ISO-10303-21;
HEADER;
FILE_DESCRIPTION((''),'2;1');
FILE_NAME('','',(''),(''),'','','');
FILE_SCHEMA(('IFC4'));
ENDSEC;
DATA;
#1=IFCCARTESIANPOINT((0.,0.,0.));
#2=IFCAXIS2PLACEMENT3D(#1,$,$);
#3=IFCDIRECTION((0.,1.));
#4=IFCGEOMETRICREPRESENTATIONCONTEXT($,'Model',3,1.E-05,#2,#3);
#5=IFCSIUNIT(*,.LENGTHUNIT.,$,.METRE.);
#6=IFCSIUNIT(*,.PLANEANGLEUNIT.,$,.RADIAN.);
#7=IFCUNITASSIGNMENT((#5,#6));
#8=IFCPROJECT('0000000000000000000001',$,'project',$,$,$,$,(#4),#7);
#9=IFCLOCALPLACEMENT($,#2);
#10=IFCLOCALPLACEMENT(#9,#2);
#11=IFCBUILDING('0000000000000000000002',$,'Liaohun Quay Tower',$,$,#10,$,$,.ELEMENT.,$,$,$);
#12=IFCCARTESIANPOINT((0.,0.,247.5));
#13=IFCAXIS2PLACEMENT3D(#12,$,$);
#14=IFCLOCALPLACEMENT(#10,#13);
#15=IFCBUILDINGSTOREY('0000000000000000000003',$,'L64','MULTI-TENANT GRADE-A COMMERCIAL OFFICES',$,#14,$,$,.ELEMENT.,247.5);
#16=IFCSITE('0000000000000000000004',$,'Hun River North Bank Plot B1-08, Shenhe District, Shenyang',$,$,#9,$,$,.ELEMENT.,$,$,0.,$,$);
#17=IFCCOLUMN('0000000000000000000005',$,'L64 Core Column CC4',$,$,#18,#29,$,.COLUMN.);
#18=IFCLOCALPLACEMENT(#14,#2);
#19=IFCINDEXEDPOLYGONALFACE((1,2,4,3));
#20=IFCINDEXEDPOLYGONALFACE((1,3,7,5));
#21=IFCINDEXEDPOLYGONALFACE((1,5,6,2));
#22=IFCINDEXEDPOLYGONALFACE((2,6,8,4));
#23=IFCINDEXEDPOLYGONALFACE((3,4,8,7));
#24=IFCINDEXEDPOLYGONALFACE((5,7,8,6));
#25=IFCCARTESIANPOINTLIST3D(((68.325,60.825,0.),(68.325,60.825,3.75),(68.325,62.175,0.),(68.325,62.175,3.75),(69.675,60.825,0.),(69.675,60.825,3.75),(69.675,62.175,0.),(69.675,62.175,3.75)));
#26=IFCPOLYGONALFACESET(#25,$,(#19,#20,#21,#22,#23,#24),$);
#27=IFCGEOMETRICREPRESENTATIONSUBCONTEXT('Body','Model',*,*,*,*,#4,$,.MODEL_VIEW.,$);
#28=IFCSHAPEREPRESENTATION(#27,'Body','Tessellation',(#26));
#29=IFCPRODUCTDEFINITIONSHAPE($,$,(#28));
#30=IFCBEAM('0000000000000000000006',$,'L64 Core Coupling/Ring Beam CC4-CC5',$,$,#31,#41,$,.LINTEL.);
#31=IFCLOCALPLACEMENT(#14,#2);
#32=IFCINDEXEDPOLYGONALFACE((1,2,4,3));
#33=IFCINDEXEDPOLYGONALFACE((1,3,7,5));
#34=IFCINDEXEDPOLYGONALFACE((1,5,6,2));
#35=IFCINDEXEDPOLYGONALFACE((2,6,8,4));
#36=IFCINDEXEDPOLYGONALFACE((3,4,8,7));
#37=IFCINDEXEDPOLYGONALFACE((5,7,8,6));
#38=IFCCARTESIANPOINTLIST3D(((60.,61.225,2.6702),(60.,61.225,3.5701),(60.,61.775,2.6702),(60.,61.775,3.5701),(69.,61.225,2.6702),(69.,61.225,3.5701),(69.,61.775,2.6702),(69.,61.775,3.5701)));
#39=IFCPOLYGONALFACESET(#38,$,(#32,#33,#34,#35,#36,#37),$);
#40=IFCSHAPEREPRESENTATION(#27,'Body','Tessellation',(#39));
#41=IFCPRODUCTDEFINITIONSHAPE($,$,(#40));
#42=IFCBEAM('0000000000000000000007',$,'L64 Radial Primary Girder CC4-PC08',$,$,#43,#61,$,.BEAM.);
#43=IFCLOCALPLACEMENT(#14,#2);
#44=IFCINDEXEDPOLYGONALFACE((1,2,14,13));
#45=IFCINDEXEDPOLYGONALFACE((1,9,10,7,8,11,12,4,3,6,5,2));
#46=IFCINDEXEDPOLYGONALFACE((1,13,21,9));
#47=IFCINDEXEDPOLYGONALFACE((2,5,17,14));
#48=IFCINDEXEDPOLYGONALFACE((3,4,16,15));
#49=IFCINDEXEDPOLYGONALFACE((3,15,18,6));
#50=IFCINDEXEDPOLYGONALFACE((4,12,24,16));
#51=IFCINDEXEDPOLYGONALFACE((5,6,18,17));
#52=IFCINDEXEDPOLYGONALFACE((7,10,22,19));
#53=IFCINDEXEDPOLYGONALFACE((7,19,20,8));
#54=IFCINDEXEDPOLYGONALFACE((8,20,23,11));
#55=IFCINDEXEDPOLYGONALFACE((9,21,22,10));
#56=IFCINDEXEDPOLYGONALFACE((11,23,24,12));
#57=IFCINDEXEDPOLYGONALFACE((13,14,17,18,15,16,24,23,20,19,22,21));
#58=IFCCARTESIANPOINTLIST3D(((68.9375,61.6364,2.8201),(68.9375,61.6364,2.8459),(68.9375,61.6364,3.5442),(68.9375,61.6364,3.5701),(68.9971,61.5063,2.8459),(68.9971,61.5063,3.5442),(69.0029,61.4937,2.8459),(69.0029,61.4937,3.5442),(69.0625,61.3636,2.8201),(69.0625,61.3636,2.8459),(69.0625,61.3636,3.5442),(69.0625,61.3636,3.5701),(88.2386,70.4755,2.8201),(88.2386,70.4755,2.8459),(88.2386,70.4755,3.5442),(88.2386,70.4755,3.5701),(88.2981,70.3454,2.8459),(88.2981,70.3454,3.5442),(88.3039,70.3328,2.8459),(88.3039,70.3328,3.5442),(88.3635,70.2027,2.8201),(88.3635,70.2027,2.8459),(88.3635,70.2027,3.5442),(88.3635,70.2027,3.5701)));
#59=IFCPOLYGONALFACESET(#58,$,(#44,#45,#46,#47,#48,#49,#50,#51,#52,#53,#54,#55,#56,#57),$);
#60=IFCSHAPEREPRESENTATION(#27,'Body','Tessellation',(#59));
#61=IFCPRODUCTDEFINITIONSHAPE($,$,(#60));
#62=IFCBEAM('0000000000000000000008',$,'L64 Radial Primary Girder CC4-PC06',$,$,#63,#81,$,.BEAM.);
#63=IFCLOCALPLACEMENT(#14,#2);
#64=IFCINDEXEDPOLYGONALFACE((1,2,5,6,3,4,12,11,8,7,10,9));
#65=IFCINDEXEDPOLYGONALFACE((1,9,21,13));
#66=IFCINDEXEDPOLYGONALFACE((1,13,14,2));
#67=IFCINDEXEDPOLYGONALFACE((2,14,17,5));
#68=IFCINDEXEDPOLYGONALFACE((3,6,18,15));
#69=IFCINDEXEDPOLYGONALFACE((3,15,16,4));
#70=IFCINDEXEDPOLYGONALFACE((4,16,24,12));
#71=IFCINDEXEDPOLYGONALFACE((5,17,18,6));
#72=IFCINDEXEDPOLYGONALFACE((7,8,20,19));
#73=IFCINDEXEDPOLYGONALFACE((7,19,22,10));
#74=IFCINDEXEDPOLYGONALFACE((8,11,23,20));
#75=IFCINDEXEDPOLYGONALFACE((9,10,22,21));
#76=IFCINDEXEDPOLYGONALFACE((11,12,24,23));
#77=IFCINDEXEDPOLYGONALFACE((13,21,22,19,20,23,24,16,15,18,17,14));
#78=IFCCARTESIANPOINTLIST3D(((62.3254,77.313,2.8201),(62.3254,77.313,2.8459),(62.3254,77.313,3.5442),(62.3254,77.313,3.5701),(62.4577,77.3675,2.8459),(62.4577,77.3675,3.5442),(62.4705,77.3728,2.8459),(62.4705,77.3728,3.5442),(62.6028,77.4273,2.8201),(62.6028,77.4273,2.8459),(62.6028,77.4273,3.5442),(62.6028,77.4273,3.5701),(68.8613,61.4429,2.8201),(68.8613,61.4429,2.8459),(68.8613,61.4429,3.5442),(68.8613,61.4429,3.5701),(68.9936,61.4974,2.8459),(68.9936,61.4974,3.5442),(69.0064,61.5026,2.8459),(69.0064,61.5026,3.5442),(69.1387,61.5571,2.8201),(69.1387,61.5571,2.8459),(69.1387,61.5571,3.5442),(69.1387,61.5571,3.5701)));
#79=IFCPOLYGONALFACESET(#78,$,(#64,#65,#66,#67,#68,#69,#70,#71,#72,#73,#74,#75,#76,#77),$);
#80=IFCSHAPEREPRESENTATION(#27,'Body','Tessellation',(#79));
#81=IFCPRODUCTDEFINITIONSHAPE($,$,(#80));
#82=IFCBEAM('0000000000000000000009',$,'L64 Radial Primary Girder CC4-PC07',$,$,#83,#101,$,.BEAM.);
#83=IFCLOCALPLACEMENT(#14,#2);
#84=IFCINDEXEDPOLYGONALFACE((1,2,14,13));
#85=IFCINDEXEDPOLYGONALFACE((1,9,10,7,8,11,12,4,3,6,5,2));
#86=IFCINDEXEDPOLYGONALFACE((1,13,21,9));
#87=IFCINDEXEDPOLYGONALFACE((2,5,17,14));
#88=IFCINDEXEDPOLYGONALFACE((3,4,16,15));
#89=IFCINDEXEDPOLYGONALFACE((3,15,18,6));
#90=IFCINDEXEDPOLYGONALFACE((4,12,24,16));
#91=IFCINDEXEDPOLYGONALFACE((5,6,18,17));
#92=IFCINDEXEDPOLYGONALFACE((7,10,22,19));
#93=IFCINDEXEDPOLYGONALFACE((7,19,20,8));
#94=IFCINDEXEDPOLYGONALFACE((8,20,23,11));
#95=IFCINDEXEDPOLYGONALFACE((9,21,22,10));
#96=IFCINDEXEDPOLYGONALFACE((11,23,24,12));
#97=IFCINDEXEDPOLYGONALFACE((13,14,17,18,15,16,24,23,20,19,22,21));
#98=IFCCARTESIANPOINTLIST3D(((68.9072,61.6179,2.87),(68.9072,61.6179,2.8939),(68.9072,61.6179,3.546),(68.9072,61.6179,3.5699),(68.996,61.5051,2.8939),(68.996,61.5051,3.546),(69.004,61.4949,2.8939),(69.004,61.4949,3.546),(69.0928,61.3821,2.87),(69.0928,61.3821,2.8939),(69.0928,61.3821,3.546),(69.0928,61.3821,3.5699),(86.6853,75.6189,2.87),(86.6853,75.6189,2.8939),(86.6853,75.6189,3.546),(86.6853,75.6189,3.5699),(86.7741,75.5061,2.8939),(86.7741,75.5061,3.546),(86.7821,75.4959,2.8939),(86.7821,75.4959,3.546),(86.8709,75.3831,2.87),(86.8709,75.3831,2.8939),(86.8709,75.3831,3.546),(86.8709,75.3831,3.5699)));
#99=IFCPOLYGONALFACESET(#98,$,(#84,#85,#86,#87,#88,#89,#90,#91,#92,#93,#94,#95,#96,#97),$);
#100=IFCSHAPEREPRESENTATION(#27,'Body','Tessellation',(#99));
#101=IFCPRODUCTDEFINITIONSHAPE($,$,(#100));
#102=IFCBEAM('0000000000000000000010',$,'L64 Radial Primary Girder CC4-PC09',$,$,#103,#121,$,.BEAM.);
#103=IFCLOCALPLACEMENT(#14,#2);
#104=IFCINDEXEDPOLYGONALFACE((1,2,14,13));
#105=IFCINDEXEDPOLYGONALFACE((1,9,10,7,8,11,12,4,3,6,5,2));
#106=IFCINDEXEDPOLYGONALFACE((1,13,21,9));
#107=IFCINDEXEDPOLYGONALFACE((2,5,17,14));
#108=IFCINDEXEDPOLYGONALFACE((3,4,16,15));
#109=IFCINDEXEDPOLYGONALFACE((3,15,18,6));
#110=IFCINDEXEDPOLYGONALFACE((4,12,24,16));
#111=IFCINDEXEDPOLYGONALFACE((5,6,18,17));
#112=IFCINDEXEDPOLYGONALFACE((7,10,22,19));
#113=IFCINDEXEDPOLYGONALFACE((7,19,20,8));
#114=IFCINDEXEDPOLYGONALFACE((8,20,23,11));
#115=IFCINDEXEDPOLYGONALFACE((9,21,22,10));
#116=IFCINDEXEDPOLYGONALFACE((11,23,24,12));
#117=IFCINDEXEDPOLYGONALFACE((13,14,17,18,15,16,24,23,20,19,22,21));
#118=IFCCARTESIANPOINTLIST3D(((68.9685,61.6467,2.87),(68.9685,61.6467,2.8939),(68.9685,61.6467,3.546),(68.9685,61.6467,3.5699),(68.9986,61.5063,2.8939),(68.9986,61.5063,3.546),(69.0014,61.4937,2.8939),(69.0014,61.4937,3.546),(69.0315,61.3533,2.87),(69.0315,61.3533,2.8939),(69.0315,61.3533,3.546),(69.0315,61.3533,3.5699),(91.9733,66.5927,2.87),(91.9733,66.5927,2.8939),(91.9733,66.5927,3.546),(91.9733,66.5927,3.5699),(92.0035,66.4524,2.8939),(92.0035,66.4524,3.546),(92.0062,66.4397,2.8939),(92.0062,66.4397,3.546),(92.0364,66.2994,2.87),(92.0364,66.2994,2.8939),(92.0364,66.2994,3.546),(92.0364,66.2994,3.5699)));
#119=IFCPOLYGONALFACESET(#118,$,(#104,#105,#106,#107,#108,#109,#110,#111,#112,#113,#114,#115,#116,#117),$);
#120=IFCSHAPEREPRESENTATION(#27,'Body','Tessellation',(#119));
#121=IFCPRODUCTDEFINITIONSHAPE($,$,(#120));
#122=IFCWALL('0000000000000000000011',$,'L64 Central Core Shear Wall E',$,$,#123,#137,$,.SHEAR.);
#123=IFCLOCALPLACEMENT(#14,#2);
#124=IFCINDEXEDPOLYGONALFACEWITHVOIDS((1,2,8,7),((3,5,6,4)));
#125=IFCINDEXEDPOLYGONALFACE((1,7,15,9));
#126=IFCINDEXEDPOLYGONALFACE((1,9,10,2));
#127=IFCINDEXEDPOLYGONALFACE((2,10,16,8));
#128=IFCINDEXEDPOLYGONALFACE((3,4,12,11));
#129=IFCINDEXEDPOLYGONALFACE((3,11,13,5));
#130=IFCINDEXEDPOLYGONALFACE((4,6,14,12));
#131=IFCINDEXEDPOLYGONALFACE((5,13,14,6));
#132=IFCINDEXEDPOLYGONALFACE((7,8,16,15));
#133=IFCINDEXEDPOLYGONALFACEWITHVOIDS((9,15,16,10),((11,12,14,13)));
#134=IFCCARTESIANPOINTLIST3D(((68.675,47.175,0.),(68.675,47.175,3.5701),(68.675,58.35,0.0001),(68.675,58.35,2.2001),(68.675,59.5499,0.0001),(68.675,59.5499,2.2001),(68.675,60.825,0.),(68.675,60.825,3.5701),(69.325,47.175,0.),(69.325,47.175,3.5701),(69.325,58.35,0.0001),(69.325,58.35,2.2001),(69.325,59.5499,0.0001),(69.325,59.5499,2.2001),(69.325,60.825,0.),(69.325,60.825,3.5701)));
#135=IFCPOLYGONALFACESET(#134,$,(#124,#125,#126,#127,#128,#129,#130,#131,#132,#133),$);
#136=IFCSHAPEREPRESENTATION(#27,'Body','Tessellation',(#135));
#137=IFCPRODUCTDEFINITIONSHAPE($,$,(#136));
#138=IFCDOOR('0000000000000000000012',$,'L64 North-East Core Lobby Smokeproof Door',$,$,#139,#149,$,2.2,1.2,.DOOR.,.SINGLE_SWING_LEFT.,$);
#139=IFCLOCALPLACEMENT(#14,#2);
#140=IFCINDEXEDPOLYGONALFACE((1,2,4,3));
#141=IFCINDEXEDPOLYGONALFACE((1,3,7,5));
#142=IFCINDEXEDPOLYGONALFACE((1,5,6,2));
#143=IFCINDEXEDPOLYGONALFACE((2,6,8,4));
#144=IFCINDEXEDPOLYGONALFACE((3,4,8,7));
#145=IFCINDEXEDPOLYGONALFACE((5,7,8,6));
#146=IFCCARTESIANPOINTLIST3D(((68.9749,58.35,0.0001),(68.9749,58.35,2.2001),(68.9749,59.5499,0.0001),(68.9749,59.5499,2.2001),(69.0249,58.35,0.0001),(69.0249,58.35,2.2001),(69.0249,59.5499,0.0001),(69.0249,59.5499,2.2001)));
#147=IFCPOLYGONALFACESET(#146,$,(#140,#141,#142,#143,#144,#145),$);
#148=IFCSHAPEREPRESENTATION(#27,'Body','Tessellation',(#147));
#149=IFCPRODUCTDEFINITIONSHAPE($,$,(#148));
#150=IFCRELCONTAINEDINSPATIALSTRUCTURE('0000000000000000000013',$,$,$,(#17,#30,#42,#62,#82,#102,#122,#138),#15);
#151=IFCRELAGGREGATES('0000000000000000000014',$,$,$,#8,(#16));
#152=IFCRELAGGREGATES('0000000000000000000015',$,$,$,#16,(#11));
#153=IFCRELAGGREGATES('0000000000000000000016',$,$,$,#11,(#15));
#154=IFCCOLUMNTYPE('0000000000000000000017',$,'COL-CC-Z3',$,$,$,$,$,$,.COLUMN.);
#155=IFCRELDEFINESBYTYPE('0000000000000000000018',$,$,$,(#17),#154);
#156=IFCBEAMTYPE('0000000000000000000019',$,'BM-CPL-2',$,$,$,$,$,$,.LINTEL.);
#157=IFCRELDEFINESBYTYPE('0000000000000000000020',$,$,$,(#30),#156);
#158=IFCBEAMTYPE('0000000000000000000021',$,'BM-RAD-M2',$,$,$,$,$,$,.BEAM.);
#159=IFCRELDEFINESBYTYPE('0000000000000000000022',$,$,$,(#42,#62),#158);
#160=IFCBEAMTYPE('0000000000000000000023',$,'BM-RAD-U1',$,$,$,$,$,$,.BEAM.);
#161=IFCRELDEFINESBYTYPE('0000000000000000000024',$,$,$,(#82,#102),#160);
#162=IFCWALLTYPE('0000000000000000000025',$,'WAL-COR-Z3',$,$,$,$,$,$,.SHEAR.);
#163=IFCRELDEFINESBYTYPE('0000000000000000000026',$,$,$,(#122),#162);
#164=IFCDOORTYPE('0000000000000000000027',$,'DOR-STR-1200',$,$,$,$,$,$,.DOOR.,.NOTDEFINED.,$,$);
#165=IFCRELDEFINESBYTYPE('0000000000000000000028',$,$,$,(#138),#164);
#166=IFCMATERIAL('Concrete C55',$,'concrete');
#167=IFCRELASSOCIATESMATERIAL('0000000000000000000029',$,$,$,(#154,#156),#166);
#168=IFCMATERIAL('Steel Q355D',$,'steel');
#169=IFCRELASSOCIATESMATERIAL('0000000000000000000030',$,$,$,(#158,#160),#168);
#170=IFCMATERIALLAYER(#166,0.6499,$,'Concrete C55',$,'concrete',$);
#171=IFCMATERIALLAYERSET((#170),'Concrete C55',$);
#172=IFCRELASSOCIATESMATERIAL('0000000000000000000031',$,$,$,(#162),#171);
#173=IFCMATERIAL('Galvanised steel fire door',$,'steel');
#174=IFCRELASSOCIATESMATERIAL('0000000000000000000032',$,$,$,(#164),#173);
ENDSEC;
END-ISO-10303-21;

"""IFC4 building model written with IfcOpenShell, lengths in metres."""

from ifc_helpers import new_model, si_unit, direction, frame, frame_2d, origin, origin_2d, place, context, subcontext, project, spatial, rectangle, i_section, extrude, source, transform, mapped, material, layer, layer_set, material_profile, profile_set, type_object, element, fill, save


model = new_model("IFC4")

# Units and contexts
model_context = context("Model", 3, precision=1e-05, world=origin(), true_north=direction((0.0, 1.0)))
body_context = subcontext(model_context, "Body", "Model", "MODEL_VIEW")
ifc_project = project(units=[si_unit("LENGTHUNIT", "METRE"), si_unit("PLANEANGLEUNIT", "RADIAN")], contexts=[model_context])

# Site, building, storey
site_placement = place(None, origin())
site = spatial("IfcSite", under=ifc_project, at=site_placement, Name="Hun River North Bank Plot B1-08, Shenhe District, Shenyang", CompositionType="ELEMENT", RefElevation=0.0)
building_placement = place(site_placement, origin())
building = spatial("IfcBuilding", under=site, at=building_placement, Name="Liaohun Quay Tower", CompositionType="ELEMENT")
storey_placement = place(building_placement, frame((0.0, 0.0, 247.5)))
storey = spatial("IfcBuildingStorey", under=building, at=storey_placement, Name="L64", Description="MULTI-TENANT GRADE-A COMMERCIAL OFFICES", CompositionType="ELEMENT", Elevation=247.5)

# Column
ifc_material_1 = material(Name="Concrete C55", Category="concrete")
ifc_material_profile_1 = material_profile(ifc_material_1, rectangle(XDim=1.3501, YDim=1.3501, at=origin_2d()), Name="RC1350x1350")
ifc_profile_set_1 = profile_set([ifc_material_profile_1], Name="Concrete C55")
column_type = type_object("IfcColumnType", Name="COL-CC-Z3", PredefinedType="COLUMN", material=ifc_profile_set_1)
shared_shape_1 = source(origin(), body_context, "Body", "SweptSolid", [
    extrude(rectangle(XDim=1.3501, YDim=1.3501, at=origin_2d()), origin(), (0.0, 0.0, 1.0), 3.75),
])
column_placement = place(storey_placement, frame((69.0, 61.5, 0.0), z_axis=(0.0, 0.0, 1.0), x_axis=(1.0, 0.0, 0.0)))
element("IfcColumn", 1, at=column_placement, inside=storey, type_object=column_type, Name="L64 Core Column CC4", PredefinedType="COLUMN", context=body_context, shape_type="MappedRepresentation", body=[
    mapped(shared_shape_1, transform((0.0, 0.0, 0.0), x_axis=(1.0, 0.0, 0.0), y_axis=(0.0, 1.0, 0.0), z_axis=(0.0, 0.0, 1.0), scale=1.0)),
])

# Beams
ifc_material_profile_2 = material_profile(ifc_material_1, rectangle(XDim=0.55, YDim=0.8999, at=origin_2d()), Name="RC550x900")
ifc_profile_set_2 = profile_set([ifc_material_profile_2], Name="Concrete C55")
beam_type_1 = type_object("IfcBeamType", Name="BM-CPL-2", PredefinedType="LINTEL", material=ifc_profile_set_2)
shared_shape_2 = source(origin(), body_context, "Body", "SweptSolid", [
    extrude(rectangle(XDim=0.55, YDim=0.8999, at=origin_2d()), origin(), (0.0, 0.0, 1.0), 9.0),
])
beam_1_placement = place(storey_placement, frame((69.0, 61.5, 3.1201), z_axis=(-1.0, 0.0, 0.0), x_axis=(0.0, -1.0, 0.0)))
element("IfcBeam", 2, at=beam_1_placement, inside=storey, type_object=beam_type_1, Name="L64 Core Coupling/Ring Beam CC4-CC5", PredefinedType="LINTEL", context=body_context, shape_type="MappedRepresentation", body=[
    mapped(shared_shape_2, transform((0.0, 0.0, 0.0), x_axis=(1.0, 0.0, 0.0), y_axis=(0.0, 1.0, 0.0), z_axis=(0.0, 0.0, 1.0), scale=1.0)),
])
ifc_material_2 = material(Name="Steel Q355D", Category="steel")
ifc_material_profile_3 = material_profile(ifc_material_2, i_section(OverallWidth=0.3, OverallDepth=0.75, WebThickness=0.0139, FlangeThickness=0.0259, at=origin_2d()), Name="HN750x300x14x26")
ifc_profile_set_3 = profile_set([ifc_material_profile_3], Name="Steel Q355D")
beam_type_2 = type_object("IfcBeamType", Name="BM-RAD-M2", PredefinedType="BEAM", material=ifc_profile_set_3)
shared_shape_3 = source(origin(), body_context, "Body", "SweptSolid", [
    extrude(i_section(OverallWidth=0.3, OverallDepth=0.75, WebThickness=0.0139, FlangeThickness=0.0259, at=origin_2d()), origin(), (0.0, 0.0, 1.0), 21.2288),
])
beam_2_placement = place(storey_placement, frame((69.0, 61.5, 3.1951), z_axis=(0.909193, 0.416375, 0.0), x_axis=(-0.416375, 0.909193, 0.0)))
element("IfcBeam", 3, at=beam_2_placement, inside=storey, type_object=beam_type_2, Name="L64 Radial Primary Girder CC4-PC08", PredefinedType="BEAM", context=body_context, shape_type="MappedRepresentation", body=[
    mapped(shared_shape_3, transform((0.0, 0.0, 0.0), x_axis=(1.0, 0.0, 0.0), y_axis=(0.0, 1.0, 0.0), z_axis=(0.0, 0.0, 1.0), scale=1.0)),
])
shared_shape_4 = source(origin(), body_context, "Body", "SweptSolid", [
    extrude(i_section(OverallWidth=0.3, OverallDepth=0.75, WebThickness=0.0139, FlangeThickness=0.0259, at=origin_2d()), origin(), (0.0, 0.0, 1.0), 17.1633),
])
beam_3_placement = place(storey_placement, frame((69.0, 61.5, 3.1951), z_axis=(-0.380806, 0.924655, 0.0), x_axis=(-0.924655, -0.380806, 0.0)))
element("IfcBeam", 4, at=beam_3_placement, inside=storey, type_object=beam_type_2, Name="L64 Radial Primary Girder CC4-PC06", PredefinedType="BEAM", context=body_context, shape_type="MappedRepresentation", body=[
    mapped(shared_shape_4, transform((0.0, 0.0, 0.0), x_axis=(1.0, 0.0, 0.0), y_axis=(0.0, 1.0, 0.0), z_axis=(0.0, 0.0, 1.0), scale=1.0)),
])
ifc_material_profile_4 = material_profile(ifc_material_2, i_section(OverallWidth=0.3, OverallDepth=0.7, WebThickness=0.0129, FlangeThickness=0.0239, at=origin_2d()), Name="HN700x300x13x24")
ifc_profile_set_4 = profile_set([ifc_material_profile_4], Name="Steel Q355D")
beam_type_3 = type_object("IfcBeamType", Name="BM-RAD-U1", PredefinedType="BEAM", material=ifc_profile_set_4)
shared_shape_5 = source(origin(), body_context, "Body", "SweptSolid", [
    extrude(i_section(OverallWidth=0.3, OverallDepth=0.7, WebThickness=0.0129, FlangeThickness=0.0239, at=origin_2d()), origin(), (0.0, 0.0, 1.0), 22.6294),
])
beam_4_placement = place(storey_placement, frame((69.0, 61.5, 3.22), z_axis=(0.78562, 0.618709, 0.0), x_axis=(-0.618709, 0.78562, 0.0)))
element("IfcBeam", 5, at=beam_4_placement, inside=storey, type_object=beam_type_3, Name="L64 Radial Primary Girder CC4-PC07", PredefinedType="BEAM", context=body_context, shape_type="MappedRepresentation", body=[
    mapped(shared_shape_5, transform((0.0, 0.0, 0.0), x_axis=(1.0, 0.0, 0.0), y_axis=(0.0, 1.0, 0.0), z_axis=(0.0, 0.0, 1.0), scale=1.0)),
])
shared_shape_6 = source(origin(), body_context, "Body", "SweptSolid", [
    extrude(i_section(OverallWidth=0.3, OverallDepth=0.7, WebThickness=0.0129, FlangeThickness=0.0239, at=origin_2d()), origin(), (0.0, 0.0, 1.0), 23.5305),
])
beam_5_placement = place(storey_placement, frame((69.0, 61.5, 3.22), z_axis=(0.977659, 0.210197, 0.0), x_axis=(-0.210197, 0.977659, 0.0)))
element("IfcBeam", 6, at=beam_5_placement, inside=storey, type_object=beam_type_3, Name="L64 Radial Primary Girder CC4-PC09", PredefinedType="BEAM", context=body_context, shape_type="MappedRepresentation", body=[
    mapped(shared_shape_6, transform((0.0, 0.0, 0.0), x_axis=(1.0, 0.0, 0.0), y_axis=(0.0, 1.0, 0.0), z_axis=(0.0, 0.0, 1.0), scale=1.0)),
])

# Wall, opening, door
ifc_layer_1 = layer(ifc_material_1, 0.6499, Name="Concrete C55", Category="concrete")
ifc_layer_set_1 = layer_set([ifc_layer_1], Name="Concrete C55")
wall_type_1 = type_object("IfcWallType", Name="WAL-COR-Z3", PredefinedType="SHEAR", material=ifc_layer_set_1)
wall_1_placement = place(storey_placement, frame((69.0, 60.825, 0.0), z_axis=(0.0, 0.0, 1.0), x_axis=(0.0, -1.0, 0.0)))
wall_1 = element("IfcWall", 7, at=wall_1_placement, inside=storey, type_object=wall_type_1, Name="L64 Central Core Shear Wall E", PredefinedType="SHEAR", context=body_context, shape_type="SweptSolid", body=[
    extrude(rectangle(XDim=13.6499, YDim=0.6499, at=frame_2d((6.825, 0.0))), origin(), (0.0, 0.0, 1.0), 3.5701),
])
shared_shape_7 = source(origin(), body_context, "Body", "SweptSolid", [
    extrude(rectangle(XDim=1.2, YDim=2.2, at=frame_2d((0.6001, 1.1001))), frame((0.0, 0.335, 0.0), z_axis=(0.0, -1.0, 0.0), x_axis=(1.0, 0.0, 0.0)), (0.0, 0.0, 1.0), 0.6699),
])
opening_1_placement = place(wall_1_placement, frame((1.2749, 0.0, 0.0)))
opening_1 = element("IfcOpeningElement", 8, at=opening_1_placement, cuts=wall_1, PredefinedType="OPENING", context=body_context, shape_type="MappedRepresentation", body=[
    mapped(shared_shape_7, transform((0.0, 0.0, 0.0), x_axis=(1.0, 0.0, 0.0), y_axis=(0.0, 1.0, 0.0), z_axis=(0.0, 0.0, 1.0), scale=1.0)),
])
ifc_material_3 = material(Name="Galvanised steel fire door", Category="steel")
door_type_1 = type_object("IfcDoorType", Name="DOR-STR-1200", OperationType="NOTDEFINED", PredefinedType="DOOR", material=ifc_material_3)
shared_shape_8 = source(origin(), body_context, "Body", "SweptSolid", [
    extrude(rectangle(XDim=1.2, YDim=2.2, at=frame_2d((0.6001, 1.1001))), frame((0.0, 0.0249, 0.0), z_axis=(0.0, -1.0, 0.0), x_axis=(1.0, 0.0, 0.0)), (0.0, 0.0, 1.0), 0.05),
])
door_1_placement = place(opening_1_placement, origin())
door_1 = element("IfcDoor", 9, at=door_1_placement, inside=storey, type_object=door_type_1, Name="L64 North-East Core Lobby Smokeproof Door", OperationType="SINGLE_SWING_LEFT", OverallHeight=2.2, OverallWidth=1.2, PredefinedType="DOOR", context=body_context, shape_type="MappedRepresentation", body=[
    mapped(shared_shape_8, transform((0.0, 0.0, 0.0), x_axis=(1.0, 0.0, 0.0), y_axis=(0.0, 1.0, 0.0), z_axis=(0.0, 0.0, 1.0), scale=1.0)),
])
fill(opening_1, door_1)

save(model, "model.ifc")
